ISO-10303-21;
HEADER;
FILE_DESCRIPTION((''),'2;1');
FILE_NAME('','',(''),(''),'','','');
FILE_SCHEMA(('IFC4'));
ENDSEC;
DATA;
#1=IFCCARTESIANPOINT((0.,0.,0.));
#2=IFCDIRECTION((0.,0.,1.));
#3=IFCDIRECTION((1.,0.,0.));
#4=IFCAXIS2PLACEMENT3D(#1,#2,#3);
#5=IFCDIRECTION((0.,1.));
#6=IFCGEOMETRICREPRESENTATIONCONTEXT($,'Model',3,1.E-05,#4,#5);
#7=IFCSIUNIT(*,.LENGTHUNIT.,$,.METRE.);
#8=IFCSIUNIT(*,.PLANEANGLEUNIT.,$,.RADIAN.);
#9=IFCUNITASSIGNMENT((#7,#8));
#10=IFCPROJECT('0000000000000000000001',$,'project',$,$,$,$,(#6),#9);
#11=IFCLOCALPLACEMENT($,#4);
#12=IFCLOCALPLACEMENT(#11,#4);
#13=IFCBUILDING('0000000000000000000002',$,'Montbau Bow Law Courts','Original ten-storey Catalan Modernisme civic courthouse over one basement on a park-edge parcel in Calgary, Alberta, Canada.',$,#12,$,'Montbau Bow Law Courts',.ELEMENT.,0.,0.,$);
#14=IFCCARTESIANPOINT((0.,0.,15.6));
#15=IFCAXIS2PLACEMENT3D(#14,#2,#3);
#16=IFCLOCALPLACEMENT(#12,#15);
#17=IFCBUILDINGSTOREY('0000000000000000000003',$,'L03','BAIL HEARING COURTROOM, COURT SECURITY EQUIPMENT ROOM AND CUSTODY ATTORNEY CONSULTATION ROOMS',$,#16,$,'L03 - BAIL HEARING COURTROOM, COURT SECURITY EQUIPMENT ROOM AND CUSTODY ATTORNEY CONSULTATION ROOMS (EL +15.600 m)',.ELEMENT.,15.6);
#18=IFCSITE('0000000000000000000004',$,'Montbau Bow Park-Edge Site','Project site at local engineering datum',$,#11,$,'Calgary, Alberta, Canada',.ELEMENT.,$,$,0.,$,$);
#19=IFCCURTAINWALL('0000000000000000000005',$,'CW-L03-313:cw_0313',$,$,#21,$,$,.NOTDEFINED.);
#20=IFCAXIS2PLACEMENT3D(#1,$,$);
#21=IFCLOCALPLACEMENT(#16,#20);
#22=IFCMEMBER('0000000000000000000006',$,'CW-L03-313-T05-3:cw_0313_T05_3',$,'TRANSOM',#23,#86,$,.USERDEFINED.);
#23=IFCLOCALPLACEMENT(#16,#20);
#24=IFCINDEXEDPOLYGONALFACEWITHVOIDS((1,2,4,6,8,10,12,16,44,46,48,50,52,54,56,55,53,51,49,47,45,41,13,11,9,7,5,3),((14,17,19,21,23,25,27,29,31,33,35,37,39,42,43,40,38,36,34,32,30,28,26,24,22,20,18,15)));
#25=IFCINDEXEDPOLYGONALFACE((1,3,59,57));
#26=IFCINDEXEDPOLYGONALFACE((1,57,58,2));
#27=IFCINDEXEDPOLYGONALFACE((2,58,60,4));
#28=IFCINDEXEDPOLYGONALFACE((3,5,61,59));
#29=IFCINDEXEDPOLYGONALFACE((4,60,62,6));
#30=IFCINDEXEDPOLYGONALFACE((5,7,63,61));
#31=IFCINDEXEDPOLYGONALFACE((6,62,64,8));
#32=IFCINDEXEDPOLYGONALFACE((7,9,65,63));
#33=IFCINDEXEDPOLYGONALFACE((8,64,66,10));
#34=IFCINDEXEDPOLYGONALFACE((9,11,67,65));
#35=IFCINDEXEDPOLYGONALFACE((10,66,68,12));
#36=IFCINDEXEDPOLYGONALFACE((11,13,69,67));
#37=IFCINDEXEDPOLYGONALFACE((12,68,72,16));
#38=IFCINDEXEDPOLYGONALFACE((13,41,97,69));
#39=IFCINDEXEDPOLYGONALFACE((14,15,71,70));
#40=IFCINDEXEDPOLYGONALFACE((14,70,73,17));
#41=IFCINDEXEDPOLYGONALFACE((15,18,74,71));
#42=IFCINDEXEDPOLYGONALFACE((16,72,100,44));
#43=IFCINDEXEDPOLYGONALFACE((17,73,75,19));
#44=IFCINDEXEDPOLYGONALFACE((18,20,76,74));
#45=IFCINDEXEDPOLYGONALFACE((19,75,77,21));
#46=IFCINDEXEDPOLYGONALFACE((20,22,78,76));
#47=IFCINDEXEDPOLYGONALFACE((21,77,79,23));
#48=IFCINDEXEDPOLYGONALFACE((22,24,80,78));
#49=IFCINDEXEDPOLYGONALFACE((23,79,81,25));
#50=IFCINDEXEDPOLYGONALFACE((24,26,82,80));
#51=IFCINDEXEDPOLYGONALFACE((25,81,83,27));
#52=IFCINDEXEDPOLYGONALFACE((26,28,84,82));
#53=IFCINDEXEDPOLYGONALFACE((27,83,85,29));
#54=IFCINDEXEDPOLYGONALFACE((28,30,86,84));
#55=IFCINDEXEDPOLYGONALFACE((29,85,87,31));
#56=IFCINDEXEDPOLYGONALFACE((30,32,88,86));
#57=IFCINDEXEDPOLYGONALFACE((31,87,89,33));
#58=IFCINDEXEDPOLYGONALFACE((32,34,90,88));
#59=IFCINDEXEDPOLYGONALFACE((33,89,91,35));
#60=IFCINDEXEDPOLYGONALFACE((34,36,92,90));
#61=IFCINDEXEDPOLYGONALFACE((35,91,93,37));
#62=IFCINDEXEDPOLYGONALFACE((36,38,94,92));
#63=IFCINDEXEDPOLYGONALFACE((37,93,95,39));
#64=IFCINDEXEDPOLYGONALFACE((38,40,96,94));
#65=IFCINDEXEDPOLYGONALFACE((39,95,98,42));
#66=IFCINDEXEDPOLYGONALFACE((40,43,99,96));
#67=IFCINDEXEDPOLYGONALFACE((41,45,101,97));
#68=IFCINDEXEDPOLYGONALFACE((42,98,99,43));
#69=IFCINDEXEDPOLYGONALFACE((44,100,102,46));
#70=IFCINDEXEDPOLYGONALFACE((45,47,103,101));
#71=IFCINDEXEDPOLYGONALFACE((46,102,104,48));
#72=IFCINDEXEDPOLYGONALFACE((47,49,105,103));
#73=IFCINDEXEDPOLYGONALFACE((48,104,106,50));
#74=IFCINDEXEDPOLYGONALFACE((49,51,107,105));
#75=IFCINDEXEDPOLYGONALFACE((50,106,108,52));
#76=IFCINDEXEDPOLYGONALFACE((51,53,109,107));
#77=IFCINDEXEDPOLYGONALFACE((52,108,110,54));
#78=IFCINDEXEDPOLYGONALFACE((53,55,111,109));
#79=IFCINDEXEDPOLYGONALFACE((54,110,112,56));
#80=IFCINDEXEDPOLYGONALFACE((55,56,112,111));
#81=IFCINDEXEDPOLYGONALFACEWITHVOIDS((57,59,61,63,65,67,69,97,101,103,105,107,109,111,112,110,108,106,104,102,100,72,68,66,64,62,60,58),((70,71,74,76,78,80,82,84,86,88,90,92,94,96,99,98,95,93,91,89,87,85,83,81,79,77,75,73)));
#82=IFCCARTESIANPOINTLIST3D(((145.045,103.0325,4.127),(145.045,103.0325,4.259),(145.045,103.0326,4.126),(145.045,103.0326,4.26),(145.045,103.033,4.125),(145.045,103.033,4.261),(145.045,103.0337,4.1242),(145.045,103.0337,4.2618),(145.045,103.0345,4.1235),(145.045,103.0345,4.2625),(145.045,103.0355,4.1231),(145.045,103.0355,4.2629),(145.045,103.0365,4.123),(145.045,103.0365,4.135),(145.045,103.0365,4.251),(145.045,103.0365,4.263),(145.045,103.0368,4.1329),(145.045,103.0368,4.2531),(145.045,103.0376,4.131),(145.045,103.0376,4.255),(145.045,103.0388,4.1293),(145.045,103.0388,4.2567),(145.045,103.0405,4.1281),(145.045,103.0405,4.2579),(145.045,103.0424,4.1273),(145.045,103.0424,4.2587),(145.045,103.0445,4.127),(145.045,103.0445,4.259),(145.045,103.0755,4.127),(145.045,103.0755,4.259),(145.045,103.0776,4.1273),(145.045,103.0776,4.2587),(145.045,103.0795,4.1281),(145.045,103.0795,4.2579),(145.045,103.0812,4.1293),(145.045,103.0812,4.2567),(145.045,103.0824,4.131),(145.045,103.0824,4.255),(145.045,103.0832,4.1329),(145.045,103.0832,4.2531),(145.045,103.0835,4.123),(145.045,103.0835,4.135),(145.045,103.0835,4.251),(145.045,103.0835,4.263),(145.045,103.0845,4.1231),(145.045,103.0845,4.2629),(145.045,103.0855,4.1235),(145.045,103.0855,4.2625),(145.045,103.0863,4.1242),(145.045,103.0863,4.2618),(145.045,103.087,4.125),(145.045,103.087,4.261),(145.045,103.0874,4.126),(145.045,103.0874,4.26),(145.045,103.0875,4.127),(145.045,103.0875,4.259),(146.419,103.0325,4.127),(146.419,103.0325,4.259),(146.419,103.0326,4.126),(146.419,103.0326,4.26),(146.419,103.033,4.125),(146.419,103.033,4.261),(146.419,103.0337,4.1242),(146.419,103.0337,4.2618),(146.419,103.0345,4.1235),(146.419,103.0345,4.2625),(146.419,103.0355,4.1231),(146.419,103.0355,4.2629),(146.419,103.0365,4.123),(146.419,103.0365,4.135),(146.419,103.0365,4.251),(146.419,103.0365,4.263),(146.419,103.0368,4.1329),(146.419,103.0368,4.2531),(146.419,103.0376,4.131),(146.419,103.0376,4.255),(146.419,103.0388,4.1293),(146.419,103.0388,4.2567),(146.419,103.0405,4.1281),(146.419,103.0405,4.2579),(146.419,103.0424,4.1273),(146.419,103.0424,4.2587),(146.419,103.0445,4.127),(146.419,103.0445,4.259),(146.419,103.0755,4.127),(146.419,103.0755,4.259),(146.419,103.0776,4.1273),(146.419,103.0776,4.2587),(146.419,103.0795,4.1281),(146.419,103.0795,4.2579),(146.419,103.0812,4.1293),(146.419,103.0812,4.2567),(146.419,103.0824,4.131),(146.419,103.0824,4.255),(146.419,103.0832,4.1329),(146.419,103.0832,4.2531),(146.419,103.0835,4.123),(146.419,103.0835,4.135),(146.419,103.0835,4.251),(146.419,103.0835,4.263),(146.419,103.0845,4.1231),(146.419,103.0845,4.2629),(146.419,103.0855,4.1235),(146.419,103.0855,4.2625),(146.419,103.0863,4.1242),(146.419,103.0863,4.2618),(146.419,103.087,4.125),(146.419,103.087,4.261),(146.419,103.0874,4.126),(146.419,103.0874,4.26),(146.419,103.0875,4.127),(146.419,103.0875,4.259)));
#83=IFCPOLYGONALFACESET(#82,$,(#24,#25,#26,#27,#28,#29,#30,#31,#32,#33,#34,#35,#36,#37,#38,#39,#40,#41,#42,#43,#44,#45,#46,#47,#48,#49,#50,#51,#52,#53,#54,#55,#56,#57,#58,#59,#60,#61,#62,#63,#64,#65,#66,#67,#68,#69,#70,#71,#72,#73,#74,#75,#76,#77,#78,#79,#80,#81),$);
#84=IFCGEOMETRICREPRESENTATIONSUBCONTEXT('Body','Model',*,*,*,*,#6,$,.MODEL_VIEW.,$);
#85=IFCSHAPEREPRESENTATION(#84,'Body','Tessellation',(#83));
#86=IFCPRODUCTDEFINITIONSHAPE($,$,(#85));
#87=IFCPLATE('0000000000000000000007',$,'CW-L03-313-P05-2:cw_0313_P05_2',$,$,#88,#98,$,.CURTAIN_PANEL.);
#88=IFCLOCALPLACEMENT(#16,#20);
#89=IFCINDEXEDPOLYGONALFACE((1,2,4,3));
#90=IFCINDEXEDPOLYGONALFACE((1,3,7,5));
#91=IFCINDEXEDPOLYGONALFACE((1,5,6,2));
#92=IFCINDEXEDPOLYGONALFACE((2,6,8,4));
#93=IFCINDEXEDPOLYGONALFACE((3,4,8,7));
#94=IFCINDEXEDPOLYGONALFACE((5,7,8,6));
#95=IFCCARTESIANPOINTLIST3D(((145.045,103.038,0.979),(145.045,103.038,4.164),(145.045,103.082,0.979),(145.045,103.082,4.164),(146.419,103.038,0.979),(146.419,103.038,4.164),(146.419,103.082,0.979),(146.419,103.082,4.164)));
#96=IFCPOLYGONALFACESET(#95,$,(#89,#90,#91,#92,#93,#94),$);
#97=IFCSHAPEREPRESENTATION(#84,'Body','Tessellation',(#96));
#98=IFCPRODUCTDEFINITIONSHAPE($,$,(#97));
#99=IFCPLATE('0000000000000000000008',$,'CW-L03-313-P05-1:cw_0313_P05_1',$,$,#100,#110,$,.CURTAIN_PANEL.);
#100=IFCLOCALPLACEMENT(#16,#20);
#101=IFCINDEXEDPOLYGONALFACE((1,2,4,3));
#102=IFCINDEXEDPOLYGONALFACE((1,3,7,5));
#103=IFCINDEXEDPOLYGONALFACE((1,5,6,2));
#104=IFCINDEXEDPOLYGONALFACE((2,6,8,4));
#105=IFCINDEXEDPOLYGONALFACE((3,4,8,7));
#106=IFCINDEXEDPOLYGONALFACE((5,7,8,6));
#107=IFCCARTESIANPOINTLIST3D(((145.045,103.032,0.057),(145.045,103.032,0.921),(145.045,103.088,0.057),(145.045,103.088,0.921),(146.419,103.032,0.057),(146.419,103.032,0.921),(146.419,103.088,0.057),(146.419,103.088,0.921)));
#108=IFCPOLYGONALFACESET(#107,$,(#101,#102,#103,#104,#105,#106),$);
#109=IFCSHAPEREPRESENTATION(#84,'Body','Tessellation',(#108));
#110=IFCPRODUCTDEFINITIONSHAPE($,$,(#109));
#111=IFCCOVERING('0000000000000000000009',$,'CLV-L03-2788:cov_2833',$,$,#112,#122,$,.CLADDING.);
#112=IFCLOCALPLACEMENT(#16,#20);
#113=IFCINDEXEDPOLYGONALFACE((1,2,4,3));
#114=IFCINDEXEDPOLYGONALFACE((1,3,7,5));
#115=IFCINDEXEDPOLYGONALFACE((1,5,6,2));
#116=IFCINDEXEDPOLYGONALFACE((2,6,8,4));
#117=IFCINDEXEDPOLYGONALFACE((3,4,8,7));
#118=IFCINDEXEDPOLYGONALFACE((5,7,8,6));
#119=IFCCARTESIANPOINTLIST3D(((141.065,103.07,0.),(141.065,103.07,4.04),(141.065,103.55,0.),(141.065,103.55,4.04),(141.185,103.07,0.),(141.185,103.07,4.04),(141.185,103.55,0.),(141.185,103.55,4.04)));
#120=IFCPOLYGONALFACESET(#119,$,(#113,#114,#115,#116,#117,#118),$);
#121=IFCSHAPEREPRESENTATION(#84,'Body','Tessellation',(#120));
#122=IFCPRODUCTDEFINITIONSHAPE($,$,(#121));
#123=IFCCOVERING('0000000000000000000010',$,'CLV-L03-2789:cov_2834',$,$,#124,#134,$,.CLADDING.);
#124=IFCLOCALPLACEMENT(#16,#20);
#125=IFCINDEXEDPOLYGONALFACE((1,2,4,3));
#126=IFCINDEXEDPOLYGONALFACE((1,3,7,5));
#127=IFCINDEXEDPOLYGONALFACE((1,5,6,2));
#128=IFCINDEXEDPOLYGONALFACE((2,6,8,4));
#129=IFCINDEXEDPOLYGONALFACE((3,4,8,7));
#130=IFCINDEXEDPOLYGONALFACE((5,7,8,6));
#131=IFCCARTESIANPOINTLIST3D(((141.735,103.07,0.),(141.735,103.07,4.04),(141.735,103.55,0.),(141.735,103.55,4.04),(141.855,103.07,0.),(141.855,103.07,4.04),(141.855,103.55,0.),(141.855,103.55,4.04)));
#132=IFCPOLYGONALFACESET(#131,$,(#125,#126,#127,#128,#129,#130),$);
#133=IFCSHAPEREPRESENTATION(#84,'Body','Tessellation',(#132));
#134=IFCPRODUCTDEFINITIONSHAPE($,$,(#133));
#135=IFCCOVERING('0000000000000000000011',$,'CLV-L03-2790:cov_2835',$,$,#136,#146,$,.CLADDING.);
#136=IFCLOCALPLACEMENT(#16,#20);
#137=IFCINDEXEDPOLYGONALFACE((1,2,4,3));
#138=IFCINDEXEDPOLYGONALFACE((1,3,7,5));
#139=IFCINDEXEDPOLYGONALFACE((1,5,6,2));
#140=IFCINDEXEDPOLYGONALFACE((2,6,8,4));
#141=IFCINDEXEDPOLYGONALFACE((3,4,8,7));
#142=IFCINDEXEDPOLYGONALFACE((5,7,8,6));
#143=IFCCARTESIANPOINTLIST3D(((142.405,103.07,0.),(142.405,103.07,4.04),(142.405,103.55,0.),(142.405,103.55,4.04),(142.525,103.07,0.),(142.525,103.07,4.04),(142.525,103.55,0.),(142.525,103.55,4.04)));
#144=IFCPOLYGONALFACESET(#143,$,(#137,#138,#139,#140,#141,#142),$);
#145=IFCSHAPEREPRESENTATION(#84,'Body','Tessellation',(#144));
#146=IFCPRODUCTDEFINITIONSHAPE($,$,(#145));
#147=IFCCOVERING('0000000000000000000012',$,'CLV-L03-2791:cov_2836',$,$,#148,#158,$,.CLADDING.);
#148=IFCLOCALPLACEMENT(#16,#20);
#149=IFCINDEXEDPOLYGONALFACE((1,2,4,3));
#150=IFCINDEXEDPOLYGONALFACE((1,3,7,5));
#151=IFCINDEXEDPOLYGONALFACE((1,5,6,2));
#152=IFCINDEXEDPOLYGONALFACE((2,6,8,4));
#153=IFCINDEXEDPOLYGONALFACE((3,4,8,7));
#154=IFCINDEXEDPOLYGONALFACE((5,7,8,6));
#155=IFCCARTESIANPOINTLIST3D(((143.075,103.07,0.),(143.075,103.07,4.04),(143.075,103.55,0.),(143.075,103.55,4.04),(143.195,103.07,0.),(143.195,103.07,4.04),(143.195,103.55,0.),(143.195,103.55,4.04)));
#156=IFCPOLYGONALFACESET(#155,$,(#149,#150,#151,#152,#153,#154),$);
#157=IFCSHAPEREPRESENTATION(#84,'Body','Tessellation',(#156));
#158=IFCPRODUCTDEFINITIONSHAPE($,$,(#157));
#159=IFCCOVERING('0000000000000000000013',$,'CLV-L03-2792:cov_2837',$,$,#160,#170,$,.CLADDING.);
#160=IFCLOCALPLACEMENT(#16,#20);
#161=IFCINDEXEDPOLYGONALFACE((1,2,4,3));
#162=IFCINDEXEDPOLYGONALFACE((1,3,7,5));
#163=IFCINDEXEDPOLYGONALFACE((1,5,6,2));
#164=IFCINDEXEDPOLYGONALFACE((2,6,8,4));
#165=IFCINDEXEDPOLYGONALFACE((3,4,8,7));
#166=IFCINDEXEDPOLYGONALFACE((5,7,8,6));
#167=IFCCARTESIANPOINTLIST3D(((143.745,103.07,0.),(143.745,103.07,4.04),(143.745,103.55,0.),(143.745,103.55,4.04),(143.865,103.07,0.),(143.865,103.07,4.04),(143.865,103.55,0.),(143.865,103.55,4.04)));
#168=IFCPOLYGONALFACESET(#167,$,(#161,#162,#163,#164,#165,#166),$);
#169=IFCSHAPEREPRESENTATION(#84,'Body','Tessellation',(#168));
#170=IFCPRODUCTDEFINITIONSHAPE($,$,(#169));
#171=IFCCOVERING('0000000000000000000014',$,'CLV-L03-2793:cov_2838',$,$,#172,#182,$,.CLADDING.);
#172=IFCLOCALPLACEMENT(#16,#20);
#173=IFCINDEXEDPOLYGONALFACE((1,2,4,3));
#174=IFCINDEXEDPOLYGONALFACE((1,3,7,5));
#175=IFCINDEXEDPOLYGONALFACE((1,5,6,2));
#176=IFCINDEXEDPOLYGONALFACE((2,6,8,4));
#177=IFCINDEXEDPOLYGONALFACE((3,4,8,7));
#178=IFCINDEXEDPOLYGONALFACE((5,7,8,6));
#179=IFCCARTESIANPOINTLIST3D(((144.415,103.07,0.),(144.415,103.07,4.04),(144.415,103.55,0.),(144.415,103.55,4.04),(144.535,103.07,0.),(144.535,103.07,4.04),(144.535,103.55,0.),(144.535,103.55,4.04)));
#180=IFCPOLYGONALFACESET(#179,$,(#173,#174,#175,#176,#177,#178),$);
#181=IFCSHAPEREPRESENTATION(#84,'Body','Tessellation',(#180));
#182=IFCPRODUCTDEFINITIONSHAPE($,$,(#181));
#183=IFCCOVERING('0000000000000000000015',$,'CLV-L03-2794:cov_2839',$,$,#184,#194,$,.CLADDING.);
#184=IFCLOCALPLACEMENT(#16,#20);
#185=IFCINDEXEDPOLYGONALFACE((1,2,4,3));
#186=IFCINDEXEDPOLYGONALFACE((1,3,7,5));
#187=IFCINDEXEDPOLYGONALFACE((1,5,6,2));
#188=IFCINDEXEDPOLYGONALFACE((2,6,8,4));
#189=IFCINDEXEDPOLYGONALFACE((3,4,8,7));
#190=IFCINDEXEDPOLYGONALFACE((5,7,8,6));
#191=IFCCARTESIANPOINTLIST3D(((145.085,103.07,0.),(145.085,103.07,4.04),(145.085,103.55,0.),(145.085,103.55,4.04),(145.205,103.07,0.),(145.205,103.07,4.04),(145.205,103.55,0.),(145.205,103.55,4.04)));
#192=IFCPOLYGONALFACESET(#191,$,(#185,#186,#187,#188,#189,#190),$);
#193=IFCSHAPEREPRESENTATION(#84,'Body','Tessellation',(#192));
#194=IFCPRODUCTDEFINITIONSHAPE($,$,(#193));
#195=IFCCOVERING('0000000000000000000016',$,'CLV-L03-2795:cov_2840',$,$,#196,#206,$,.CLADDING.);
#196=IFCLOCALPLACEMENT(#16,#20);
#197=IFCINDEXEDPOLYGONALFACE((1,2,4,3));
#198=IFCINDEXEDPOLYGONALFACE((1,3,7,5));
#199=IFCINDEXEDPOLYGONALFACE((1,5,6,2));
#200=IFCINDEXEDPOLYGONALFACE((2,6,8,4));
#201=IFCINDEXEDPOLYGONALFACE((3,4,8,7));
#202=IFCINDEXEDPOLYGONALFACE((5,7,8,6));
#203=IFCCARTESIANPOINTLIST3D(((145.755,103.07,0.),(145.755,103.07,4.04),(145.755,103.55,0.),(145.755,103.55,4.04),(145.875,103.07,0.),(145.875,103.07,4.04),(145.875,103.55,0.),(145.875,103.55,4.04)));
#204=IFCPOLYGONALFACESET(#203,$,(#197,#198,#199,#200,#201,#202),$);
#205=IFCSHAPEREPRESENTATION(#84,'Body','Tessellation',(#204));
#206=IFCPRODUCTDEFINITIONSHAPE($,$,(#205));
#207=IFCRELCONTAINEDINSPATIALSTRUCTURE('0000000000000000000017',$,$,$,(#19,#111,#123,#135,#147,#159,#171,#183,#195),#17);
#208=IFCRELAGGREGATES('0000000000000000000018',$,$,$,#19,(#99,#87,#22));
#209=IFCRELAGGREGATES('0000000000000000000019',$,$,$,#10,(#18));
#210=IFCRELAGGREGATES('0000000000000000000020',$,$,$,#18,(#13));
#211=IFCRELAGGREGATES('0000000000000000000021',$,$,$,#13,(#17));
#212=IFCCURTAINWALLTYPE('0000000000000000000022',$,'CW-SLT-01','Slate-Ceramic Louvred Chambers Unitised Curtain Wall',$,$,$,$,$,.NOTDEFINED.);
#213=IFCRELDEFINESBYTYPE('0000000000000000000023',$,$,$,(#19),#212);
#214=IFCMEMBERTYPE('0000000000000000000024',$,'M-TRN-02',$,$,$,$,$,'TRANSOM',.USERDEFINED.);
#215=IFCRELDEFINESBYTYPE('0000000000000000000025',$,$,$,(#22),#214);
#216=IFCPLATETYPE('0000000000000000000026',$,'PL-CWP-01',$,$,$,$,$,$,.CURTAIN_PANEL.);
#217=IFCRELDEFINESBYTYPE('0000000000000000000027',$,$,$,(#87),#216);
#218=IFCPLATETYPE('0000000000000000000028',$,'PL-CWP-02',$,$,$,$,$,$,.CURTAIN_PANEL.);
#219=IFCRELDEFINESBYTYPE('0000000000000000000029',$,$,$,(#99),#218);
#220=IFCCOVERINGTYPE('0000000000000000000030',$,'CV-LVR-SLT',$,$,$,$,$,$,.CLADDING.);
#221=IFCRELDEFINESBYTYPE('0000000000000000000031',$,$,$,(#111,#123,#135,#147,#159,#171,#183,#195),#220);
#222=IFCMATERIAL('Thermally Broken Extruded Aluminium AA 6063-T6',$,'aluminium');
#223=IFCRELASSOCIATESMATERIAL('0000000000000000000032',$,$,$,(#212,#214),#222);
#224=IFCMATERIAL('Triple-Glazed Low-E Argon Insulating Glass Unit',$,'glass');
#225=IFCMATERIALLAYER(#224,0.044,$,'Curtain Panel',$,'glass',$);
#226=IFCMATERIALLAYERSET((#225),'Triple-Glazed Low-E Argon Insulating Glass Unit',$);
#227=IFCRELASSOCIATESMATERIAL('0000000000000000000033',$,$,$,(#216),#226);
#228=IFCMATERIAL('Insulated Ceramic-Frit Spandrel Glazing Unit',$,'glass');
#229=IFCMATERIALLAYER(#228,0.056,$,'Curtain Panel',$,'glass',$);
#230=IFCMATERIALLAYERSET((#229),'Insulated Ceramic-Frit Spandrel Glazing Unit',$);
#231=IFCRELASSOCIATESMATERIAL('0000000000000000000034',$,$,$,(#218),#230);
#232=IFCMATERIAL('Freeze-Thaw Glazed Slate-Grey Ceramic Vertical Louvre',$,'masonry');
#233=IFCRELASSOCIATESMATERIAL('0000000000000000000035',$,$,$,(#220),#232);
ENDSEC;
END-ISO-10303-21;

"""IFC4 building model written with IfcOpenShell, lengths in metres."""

from ifc_helpers import new_model, si_unit, direction, frame, frame_2d, origin_with_axes, origin_2d_with_axis, place, context, subcontext, project, spatial, rectangle, hollow_rectangle, extrude, material, layer, layer_set, material_profile, profile_set, type_object, element, aggregate, save


model = new_model("IFC4")

# Units and contexts
model_context = context("Model", 3, precision=1e-05, world=origin_with_axes(), true_north=direction((0.0, 1.0)))
body_context = subcontext(model_context, "Body", "Model", "MODEL_VIEW")
ifc_project = project(units=[si_unit("LENGTHUNIT", "METRE"), si_unit("PLANEANGLEUNIT", "RADIAN")], contexts=[model_context])

# Site, building, storey
site_placement = place(None, origin_with_axes())
site = spatial("IfcSite", under=ifc_project, at=site_placement, Name="Montbau Bow Park-Edge Site", Description="Project site at local engineering datum", LongName="Calgary, Alberta, Canada", CompositionType="ELEMENT", RefElevation=0.0)
building_placement = place(site_placement, origin_with_axes())
building = spatial("IfcBuilding", under=site, at=building_placement, Name="Montbau Bow Law Courts", Description="Original ten-storey Catalan Modernisme civic courthouse over one basement on a park-edge parcel in Calgary, Alberta, Canada.", LongName="Montbau Bow Law Courts", CompositionType="ELEMENT", ElevationOfRefHeight=0.0, ElevationOfTerrain=0.0)
storey_placement = place(building_placement, frame((0.0, 0.0, 15.6), z_axis=(0.0, 0.0, 1.0), x_axis=(1.0, 0.0, 0.0)))
storey = spatial("IfcBuildingStorey", under=building, at=storey_placement, Name="L03", Description="BAIL HEARING COURTROOM, COURT SECURITY EQUIPMENT ROOM AND CUSTODY ATTORNEY CONSULTATION ROOMS", LongName="L03 - BAIL HEARING COURTROOM, COURT SECURITY EQUIPMENT ROOM AND CUSTODY ATTORNEY CONSULTATION ROOMS (EL +15.600 m)", CompositionType="ELEMENT", Elevation=15.6)

# Curtain wall, member, plates
ifc_material_1 = material(Name="Thermally Broken Extruded Aluminium AA 6063-T6", Category="aluminium")
curtain_wall_type = type_object("IfcCurtainWallType", Name="CW-SLT-01", Description="Slate-Ceramic Louvred Chambers Unitised Curtain Wall", PredefinedType="NOTDEFINED", material=ifc_material_1)
curtain_wall_placement = place(None, frame((139.115, 103.06, 15.6), z_axis=(0.0, 0.0, 1.0), x_axis=(1.0, 0.0, 0.0)))
curtain_wall = element("IfcCurtainWall", 1, at=curtain_wall_placement, inside=storey, type_object=curtain_wall_type, Name="CW-L03-313:cw_0313", PredefinedType="NOTDEFINED")
ifc_material_profile_1 = material_profile(ifc_material_1, hollow_rectangle(XDim=0.055, YDim=0.14, WallThickness=0.004, InnerFilletRadius=0.008, OuterFilletRadius=0.004, at=origin_2d_with_axis()), Name="CWT-140X55", Category="Main", Priority=0)
ifc_profile_set_1 = profile_set([ifc_material_profile_1], Name="Thermally Broken Extruded Aluminium AA 6063-T6")
member_type_1 = type_object("IfcMemberType", Name="M-TRN-02", ElementType="TRANSOM", PredefinedType="USERDEFINED", material=ifc_profile_set_1)
member_1_placement = place(None, frame((145.045, 103.06, 19.793), z_axis=(1.0, 0.0, 0.0), x_axis=(0.0, 1.0, 0.0)))
member_1 = element("IfcMember", 2, at=member_1_placement, type_object=member_type_1, Name="CW-L03-313-T05-3:cw_0313_T05_3", ObjectType="TRANSOM", PredefinedType="USERDEFINED", context=body_context, shape_type="SweptSolid", body=[
    extrude(hollow_rectangle(XDim=0.055, YDim=0.14, WallThickness=0.004, InnerFilletRadius=0.008, OuterFilletRadius=0.004, at=origin_2d_with_axis()), origin_with_axes(), (0.0, 0.0, 1.0), 1.374),
])
ifc_material_2 = material(Name="Triple-Glazed Low-E Argon Insulating Glass Unit", Category="glass")
ifc_layer_1 = layer(ifc_material_2, 0.044, Name="Curtain Panel", Category="glass")
ifc_layer_set_1 = layer_set([ifc_layer_1], Name="Triple-Glazed Low-E Argon Insulating Glass Unit")
plate_type_1 = type_object("IfcPlateType", Name="PL-CWP-01", PredefinedType="CURTAIN_PANEL", material=ifc_layer_set_1)
plate_1_placement = place(None, frame((145.045, 103.06, 16.579), z_axis=(0.0, -1.0, 0.0), x_axis=(1.0, 0.0, 0.0)))
plate_1 = element("IfcPlate", 3, at=plate_1_placement, type_object=plate_type_1, Name="CW-L03-313-P05-2:cw_0313_P05_2", PredefinedType="CURTAIN_PANEL", context=body_context, shape_type="SweptSolid", body=[
    extrude(rectangle(XDim=1.374, YDim=3.185, at=frame_2d((0.687, 1.5925), x_axis=(1.0, 0.0))), frame((0.0, 0.0, -0.022), z_axis=(0.0, 0.0, 1.0), x_axis=(1.0, 0.0, 0.0)), (0.0, 0.0, 1.0), 0.044),
])
ifc_material_3 = material(Name="Insulated Ceramic-Frit Spandrel Glazing Unit", Category="glass")
ifc_layer_2 = layer(ifc_material_3, 0.056, Name="Curtain Panel", Category="glass")
ifc_layer_set_2 = layer_set([ifc_layer_2], Name="Insulated Ceramic-Frit Spandrel Glazing Unit")
plate_type_2 = type_object("IfcPlateType", Name="PL-CWP-02", PredefinedType="CURTAIN_PANEL", material=ifc_layer_set_2)
plate_2_placement = place(None, frame((145.045, 103.06, 15.657), z_axis=(0.0, -1.0, 0.0), x_axis=(1.0, 0.0, 0.0)))
plate_2 = element("IfcPlate", 4, at=plate_2_placement, type_object=plate_type_2, Name="CW-L03-313-P05-1:cw_0313_P05_1", PredefinedType="CURTAIN_PANEL", context=body_context, shape_type="SweptSolid", body=[
    extrude(rectangle(XDim=1.374, YDim=0.864, at=frame_2d((0.687, 0.432), x_axis=(1.0, 0.0))), frame((0.0, 0.0, -0.028), z_axis=(0.0, 0.0, 1.0), x_axis=(1.0, 0.0, 0.0)), (0.0, 0.0, 1.0), 0.056),
])
aggregate(curtain_wall, [plate_2, plate_1, member_1])

# Coverings
ifc_material_4 = material(Name="Freeze-Thaw Glazed Slate-Grey Ceramic Vertical Louvre", Category="masonry")
covering_type = type_object("IfcCoveringType", Name="CV-LVR-SLT", PredefinedType="CLADDING", material=ifc_material_4)
for number, where, z_axis, x_axis, name in (
    (5, (141.125, 103.07, 15.6), (1.0, 0.0, 0.0), (0.0, 1.0, 0.0), "CLV-L03-2788:cov_2833"),
    (6, (141.795, 103.07, 15.6), (1.0, 0.0, 0.0), (0.0, 1.0, 0.0), "CLV-L03-2789:cov_2834"),
    (7, (142.465, 103.07, 15.6), (1.0, 0.0, 0.0), (0.0, 1.0, 0.0), "CLV-L03-2790:cov_2835"),
    (8, (143.135, 103.07, 15.6), (1.0, 0.0, 0.0), (0.0, 1.0, 0.0), "CLV-L03-2791:cov_2836"),
    (9, (143.805, 103.07, 15.6), (1.0, 0.0, 0.0), (0.0, 1.0, 0.0), "CLV-L03-2792:cov_2837"),
    (10, (144.475, 103.07, 15.6), (1.0, 0.0, 0.0), (0.0, 1.0, 0.0), "CLV-L03-2793:cov_2838"),
    (11, (145.145, 103.07, 15.6), (1.0, 0.0, 0.0), (0.0, 1.0, 0.0), "CLV-L03-2794:cov_2839"),
    (12, (145.815, 103.07, 15.6), (1.0, 0.0, 0.0), (0.0, 1.0, 0.0), "CLV-L03-2795:cov_2840"),
):
    element("IfcCovering", number, at=place(None, frame(where, z_axis=z_axis, x_axis=x_axis)), inside=storey, type_object=covering_type, Name=name, PredefinedType="CLADDING", context=body_context, shape_type="SweptSolid", body=[
        extrude(rectangle(XDim=0.48, YDim=4.04, at=frame_2d((0.24, 2.02), x_axis=(1.0, 0.0))), frame((0.0, 0.0, -0.06), z_axis=(0.0, 0.0, 1.0), x_axis=(1.0, 0.0, 0.0)), (0.0, 0.0, 1.0), 0.12),
    ])

save(model, "model.ifc")
